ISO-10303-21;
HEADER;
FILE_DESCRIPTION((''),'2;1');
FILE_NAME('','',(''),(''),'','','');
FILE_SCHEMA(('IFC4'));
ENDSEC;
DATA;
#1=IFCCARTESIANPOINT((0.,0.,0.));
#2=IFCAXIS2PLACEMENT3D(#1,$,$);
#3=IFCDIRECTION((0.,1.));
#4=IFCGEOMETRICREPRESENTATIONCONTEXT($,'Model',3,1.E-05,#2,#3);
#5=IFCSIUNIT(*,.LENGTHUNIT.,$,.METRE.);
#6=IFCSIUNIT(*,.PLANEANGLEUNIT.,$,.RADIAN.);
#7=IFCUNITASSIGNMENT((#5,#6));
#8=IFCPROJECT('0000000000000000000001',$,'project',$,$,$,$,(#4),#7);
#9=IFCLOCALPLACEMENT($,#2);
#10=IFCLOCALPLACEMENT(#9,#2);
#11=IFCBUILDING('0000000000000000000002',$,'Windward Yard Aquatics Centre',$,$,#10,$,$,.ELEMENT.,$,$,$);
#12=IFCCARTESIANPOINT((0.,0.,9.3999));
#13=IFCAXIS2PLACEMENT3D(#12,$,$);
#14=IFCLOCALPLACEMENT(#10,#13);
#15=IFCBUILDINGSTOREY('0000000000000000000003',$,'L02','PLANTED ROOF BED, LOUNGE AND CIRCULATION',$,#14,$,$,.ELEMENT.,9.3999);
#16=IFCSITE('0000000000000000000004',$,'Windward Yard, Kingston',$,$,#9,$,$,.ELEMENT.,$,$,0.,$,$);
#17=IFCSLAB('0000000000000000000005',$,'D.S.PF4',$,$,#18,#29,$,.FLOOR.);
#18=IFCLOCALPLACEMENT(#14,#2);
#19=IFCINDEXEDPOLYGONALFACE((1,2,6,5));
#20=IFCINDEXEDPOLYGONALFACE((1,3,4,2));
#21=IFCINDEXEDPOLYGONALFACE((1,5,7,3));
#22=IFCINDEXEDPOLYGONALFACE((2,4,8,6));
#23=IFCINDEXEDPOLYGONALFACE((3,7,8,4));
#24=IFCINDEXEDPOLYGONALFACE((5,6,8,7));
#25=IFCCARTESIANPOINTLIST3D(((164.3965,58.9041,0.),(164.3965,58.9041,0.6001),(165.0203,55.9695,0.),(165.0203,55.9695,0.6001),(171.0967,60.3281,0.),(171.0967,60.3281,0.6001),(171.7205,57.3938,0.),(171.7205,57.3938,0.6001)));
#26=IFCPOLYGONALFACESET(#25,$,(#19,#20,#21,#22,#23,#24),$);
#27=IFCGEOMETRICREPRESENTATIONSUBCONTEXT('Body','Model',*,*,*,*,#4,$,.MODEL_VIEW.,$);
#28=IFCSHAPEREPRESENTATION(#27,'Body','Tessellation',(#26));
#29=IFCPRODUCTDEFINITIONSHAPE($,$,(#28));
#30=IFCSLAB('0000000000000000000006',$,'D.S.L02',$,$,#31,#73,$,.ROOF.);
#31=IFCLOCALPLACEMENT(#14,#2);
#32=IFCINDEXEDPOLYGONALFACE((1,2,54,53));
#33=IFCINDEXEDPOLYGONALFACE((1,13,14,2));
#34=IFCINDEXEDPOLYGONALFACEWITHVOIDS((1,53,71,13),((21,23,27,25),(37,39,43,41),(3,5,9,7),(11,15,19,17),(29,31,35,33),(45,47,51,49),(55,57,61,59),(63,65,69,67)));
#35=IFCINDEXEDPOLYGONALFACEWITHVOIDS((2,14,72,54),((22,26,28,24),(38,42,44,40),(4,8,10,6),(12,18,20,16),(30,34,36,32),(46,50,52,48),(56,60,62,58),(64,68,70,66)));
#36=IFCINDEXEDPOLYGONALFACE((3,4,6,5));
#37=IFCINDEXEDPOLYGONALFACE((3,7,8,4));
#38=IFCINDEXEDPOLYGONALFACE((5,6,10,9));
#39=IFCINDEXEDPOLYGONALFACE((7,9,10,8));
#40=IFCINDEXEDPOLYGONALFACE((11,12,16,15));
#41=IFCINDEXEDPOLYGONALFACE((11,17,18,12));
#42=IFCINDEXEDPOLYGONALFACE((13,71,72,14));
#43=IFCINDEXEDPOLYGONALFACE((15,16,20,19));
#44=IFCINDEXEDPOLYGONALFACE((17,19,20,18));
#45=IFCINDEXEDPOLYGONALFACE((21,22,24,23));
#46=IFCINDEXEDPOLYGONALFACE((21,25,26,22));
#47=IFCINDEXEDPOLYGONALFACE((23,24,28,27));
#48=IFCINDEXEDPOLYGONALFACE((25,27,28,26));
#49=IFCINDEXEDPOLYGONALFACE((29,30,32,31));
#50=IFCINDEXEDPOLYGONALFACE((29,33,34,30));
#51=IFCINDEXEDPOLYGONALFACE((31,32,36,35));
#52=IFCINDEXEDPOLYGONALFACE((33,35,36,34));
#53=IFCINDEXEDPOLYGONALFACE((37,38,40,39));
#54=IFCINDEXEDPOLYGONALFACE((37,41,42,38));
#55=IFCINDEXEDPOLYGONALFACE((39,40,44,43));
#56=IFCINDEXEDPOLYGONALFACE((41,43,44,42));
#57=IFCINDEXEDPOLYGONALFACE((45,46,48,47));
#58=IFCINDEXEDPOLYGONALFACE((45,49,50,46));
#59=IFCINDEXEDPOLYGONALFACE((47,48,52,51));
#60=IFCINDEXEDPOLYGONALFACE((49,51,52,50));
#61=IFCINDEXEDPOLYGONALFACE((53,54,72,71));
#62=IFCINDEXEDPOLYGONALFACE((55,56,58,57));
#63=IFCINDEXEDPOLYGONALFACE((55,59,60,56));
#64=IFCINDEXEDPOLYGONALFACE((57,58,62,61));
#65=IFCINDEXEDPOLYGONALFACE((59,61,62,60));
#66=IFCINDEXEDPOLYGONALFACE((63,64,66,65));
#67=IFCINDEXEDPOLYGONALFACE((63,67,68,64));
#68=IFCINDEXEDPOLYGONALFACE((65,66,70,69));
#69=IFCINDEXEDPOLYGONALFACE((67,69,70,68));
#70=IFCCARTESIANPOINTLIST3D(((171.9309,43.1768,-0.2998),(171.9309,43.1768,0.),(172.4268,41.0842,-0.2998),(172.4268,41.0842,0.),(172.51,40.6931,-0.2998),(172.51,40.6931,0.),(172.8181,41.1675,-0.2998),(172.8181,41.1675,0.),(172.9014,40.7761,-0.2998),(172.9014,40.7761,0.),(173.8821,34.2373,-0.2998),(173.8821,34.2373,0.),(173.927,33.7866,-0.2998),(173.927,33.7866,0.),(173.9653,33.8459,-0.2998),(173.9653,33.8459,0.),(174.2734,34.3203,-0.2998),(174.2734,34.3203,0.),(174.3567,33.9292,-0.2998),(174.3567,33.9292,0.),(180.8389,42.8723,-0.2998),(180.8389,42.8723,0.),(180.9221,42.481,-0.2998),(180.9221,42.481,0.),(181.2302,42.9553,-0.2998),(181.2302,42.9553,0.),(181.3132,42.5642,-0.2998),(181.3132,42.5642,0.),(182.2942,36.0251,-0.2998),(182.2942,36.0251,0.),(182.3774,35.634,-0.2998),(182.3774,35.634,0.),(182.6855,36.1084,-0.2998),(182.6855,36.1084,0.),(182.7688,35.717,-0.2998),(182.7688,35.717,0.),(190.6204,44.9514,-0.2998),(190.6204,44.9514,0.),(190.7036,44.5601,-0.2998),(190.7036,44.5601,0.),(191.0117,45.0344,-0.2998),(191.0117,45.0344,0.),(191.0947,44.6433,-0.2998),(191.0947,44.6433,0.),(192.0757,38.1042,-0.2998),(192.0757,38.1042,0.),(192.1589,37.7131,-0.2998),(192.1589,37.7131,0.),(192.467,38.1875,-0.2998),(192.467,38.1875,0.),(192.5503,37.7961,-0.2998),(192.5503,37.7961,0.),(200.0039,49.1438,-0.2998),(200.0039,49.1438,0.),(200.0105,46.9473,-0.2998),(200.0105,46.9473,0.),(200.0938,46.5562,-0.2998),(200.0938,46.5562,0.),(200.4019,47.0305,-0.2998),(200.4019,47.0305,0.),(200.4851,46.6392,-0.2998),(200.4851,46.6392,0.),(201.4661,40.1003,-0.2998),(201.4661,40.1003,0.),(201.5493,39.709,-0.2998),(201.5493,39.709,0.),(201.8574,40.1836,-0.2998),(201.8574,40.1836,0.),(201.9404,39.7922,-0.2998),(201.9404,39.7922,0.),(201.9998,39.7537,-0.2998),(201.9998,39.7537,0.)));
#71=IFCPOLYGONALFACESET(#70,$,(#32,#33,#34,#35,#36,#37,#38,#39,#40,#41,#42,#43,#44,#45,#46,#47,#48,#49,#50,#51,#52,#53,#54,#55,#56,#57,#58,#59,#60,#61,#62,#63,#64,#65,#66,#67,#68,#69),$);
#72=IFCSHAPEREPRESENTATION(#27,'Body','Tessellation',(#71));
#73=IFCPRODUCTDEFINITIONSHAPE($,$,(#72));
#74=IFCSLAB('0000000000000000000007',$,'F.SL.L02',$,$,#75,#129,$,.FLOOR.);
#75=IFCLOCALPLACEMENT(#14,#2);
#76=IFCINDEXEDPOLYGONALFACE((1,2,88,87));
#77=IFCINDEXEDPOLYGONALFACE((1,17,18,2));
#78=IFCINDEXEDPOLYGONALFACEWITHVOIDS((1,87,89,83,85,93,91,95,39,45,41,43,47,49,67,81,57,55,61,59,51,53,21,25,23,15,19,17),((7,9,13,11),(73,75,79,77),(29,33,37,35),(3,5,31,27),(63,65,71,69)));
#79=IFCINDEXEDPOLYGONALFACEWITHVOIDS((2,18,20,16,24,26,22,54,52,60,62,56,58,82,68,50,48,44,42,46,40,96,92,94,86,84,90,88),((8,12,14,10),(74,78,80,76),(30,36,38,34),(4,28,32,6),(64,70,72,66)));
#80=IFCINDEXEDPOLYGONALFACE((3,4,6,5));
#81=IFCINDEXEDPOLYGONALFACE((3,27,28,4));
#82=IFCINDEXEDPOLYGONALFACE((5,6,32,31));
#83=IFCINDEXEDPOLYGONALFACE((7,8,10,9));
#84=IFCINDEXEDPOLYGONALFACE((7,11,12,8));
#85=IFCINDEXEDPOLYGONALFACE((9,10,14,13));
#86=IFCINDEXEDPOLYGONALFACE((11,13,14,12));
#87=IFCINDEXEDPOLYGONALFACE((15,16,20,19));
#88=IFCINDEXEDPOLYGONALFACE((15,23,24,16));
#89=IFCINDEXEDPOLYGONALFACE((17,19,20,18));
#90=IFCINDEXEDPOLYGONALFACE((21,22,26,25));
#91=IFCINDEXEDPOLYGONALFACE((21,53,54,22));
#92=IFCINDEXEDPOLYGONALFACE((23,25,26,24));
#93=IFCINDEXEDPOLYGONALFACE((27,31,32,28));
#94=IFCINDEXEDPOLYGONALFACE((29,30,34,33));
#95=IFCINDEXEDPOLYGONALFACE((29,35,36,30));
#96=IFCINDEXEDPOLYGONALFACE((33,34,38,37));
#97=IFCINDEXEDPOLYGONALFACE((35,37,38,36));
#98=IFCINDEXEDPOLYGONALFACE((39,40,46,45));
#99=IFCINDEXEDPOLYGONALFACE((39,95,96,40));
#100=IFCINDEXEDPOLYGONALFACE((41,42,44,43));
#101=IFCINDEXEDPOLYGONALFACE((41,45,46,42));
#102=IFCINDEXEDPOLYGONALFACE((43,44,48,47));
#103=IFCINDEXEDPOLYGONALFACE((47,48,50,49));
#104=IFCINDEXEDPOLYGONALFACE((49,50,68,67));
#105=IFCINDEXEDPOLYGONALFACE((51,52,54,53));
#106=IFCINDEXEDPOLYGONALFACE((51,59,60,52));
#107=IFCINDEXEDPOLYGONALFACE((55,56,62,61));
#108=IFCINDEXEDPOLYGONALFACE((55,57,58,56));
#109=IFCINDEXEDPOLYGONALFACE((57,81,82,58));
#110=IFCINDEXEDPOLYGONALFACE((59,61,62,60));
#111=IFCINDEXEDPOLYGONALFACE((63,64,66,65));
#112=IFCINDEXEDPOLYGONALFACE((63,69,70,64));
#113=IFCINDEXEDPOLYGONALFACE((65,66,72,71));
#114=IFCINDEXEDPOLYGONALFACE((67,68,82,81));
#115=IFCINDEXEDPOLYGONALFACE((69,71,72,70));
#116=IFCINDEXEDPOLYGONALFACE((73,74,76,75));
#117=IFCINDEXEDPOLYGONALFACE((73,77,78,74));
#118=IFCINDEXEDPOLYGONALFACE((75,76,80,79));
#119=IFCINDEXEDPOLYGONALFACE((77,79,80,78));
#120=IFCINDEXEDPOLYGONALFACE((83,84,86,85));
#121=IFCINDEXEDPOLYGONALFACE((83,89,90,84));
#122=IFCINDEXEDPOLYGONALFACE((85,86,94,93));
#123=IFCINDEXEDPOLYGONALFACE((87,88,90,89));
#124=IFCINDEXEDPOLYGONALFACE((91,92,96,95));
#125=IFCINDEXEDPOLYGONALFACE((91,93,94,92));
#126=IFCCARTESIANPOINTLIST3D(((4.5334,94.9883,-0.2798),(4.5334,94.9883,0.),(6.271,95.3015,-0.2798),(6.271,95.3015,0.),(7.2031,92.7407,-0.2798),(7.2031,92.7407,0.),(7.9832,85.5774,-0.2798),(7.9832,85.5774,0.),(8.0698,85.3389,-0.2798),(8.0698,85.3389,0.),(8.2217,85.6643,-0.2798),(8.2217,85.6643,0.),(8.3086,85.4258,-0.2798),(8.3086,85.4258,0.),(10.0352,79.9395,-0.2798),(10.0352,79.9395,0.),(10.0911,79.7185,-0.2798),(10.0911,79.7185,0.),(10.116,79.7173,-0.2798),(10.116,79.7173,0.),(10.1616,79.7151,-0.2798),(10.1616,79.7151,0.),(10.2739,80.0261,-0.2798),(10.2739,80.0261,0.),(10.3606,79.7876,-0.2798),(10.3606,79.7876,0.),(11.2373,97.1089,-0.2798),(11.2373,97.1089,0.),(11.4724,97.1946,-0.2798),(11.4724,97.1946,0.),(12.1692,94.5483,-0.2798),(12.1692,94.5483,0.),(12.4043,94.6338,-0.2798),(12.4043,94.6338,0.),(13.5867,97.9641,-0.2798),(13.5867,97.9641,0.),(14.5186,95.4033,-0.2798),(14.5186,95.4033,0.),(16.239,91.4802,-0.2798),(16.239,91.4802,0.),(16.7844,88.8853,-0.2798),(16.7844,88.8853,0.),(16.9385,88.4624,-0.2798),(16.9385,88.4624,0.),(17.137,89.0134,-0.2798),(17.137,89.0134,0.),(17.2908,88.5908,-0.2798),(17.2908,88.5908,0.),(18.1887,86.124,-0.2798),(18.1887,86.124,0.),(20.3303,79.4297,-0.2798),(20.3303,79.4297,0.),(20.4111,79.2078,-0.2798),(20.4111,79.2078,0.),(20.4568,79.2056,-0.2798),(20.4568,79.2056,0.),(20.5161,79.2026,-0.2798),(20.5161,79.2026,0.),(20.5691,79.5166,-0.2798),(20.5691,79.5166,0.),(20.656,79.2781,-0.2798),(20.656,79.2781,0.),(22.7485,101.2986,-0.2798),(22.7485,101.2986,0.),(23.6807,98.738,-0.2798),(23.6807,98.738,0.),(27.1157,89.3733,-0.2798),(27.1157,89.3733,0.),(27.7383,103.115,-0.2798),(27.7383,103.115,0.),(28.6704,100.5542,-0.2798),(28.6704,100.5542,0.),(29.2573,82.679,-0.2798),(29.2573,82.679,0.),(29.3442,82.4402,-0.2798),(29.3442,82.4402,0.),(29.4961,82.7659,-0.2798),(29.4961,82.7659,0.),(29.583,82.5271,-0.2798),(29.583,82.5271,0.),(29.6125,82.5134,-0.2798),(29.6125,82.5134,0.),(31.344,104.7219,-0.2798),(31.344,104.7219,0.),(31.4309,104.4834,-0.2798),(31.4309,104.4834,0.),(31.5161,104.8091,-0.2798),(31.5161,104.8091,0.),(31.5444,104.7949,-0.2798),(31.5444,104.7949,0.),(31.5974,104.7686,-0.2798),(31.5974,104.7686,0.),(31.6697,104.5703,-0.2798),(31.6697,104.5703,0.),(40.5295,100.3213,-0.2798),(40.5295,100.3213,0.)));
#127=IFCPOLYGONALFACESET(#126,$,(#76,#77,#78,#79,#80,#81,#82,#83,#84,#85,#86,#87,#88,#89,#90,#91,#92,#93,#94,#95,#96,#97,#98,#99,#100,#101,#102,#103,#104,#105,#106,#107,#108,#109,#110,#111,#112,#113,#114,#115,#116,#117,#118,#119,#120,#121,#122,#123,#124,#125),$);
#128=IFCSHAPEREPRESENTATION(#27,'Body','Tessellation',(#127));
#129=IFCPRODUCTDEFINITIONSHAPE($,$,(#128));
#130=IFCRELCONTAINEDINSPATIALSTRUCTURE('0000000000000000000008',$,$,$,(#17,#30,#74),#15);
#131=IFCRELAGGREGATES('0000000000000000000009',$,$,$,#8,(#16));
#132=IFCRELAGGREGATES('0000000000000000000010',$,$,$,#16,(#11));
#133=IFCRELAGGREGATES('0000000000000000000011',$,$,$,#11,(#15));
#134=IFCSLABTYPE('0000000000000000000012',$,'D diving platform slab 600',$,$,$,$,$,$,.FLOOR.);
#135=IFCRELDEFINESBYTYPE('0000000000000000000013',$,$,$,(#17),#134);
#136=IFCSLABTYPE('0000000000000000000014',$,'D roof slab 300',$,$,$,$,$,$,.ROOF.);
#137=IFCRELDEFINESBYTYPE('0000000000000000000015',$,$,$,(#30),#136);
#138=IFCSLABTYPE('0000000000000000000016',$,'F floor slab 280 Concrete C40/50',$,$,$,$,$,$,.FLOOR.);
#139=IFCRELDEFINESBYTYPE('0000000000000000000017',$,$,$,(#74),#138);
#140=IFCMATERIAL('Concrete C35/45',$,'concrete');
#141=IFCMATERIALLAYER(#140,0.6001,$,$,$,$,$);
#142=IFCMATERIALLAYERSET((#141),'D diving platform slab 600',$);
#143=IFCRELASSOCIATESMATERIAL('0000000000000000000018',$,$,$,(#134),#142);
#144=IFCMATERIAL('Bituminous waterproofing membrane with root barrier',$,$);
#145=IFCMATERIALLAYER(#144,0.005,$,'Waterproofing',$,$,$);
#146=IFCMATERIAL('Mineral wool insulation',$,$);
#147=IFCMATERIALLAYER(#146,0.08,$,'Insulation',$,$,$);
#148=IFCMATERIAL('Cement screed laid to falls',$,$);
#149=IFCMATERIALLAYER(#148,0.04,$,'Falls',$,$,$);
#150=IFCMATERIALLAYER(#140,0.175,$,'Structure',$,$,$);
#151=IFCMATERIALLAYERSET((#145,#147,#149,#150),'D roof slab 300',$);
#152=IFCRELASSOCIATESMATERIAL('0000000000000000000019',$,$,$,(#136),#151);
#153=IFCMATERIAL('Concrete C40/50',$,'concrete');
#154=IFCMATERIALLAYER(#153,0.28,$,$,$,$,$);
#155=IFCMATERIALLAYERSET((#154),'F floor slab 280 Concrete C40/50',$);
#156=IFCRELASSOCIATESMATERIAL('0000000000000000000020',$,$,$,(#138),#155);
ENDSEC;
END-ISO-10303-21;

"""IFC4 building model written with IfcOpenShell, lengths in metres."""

from ifc_helpers import new_model, si_unit, direction, frame, origin, place, context, subcontext, project, spatial, polyline, outline, extrude, material, layer, layer_set, type_object, element, save


model = new_model("IFC4")

# Units and contexts
model_context = context("Model", 3, precision=1e-05, world=origin(), true_north=direction((0.0, 1.0)))
body_context = subcontext(model_context, "Body", "Model", "MODEL_VIEW")
ifc_project = project(units=[si_unit("LENGTHUNIT", "METRE"), si_unit("PLANEANGLEUNIT", "RADIAN")], contexts=[model_context])

# Site, building, storey
site_placement = place(None, origin())
site = spatial("IfcSite", under=ifc_project, at=site_placement, Name="Windward Yard, Kingston", CompositionType="ELEMENT", RefElevation=0.0)
building_placement = place(site_placement, origin())
building = spatial("IfcBuilding", under=site, at=building_placement, Name="Windward Yard Aquatics Centre", CompositionType="ELEMENT")
storey_placement = place(building_placement, frame((0.0, 0.0, 9.3999)))
storey = spatial("IfcBuildingStorey", under=building, at=storey_placement, Name="L02", Description="PLANTED ROOF BED, LOUNGE AND CIRCULATION", CompositionType="ELEMENT", Elevation=9.3999)

# Slabs
ifc_material_1 = material(Name="Bituminous waterproofing membrane with root barrier")
ifc_material_2 = material(Name="Mineral wool insulation")
ifc_material_3 = material(Name="Cement screed laid to falls")
ifc_material_4 = material(Name="Concrete C35/45", Category="concrete")
ifc_layer_1 = layer(ifc_material_4, 0.6001)
ifc_layer_set_1 = layer_set([ifc_layer_1], Name="D diving platform slab 600")
slab_type_1 = type_object("IfcSlabType", Name="D diving platform slab 600", PredefinedType="FLOOR", material=ifc_layer_set_1)
slab_1_placement = place(storey_placement, origin())
element("IfcSlab", 1, at=slab_1_placement, inside=storey, type_object=slab_type_1, Name="D.S.PF4", PredefinedType="FLOOR", context=body_context, shape_type="SweptSolid", body=[
    extrude(outline(polyline([(164.3965, 58.9041), (165.0203, 55.9695), (171.7205, 57.3938), (171.0967, 60.3281), (164.3965, 58.9041)])), origin(), (0.0, 0.0, 1.0), 0.6001),
])
ifc_layer_2 = layer(ifc_material_1, 0.005, Name="Waterproofing")
ifc_layer_3 = layer(ifc_material_2, 0.08, Name="Insulation")
ifc_layer_4 = layer(ifc_material_3, 0.04, Name="Falls")
ifc_layer_5 = layer(ifc_material_4, 0.175, Name="Structure")
ifc_layer_set_2 = layer_set([ifc_layer_2, ifc_layer_3, ifc_layer_4, ifc_layer_5], Name="D roof slab 300")
slab_type_2 = type_object("IfcSlabType", Name="D roof slab 300", PredefinedType="ROOF", material=ifc_layer_set_2)
slab_2_placement = place(storey_placement, frame((0.0, 0.0, -0.2998)))
element("IfcSlab", 2, at=slab_2_placement, inside=storey, type_object=slab_type_2, Name="D.S.L02", PredefinedType="ROOF", context=body_context, shape_type="SweptSolid", body=[
    extrude(outline(polyline([(171.9309, 43.1768), (173.927, 33.7866), (201.9998, 39.7537), (200.0039, 49.1438), (171.9309, 43.1768)]), holes=[polyline([(173.8821, 34.2373), (174.2734, 34.3203), (174.3567, 33.9292), (173.9653, 33.8459), (173.8821, 34.2373)]), polyline([(182.2942, 36.0251), (182.6855, 36.1084), (182.7688, 35.717), (182.3774, 35.634), (182.2942, 36.0251)]), polyline([(192.0757, 38.1042), (192.467, 38.1875), (192.5503, 37.7961), (192.1589, 37.7131), (192.0757, 38.1042)]), polyline([(201.4661, 40.1003), (201.8574, 40.1836), (201.9404, 39.7922), (201.5493, 39.709), (201.4661, 40.1003)]), polyline([(172.4268, 41.0842), (172.8181, 41.1675), (172.9014, 40.7761), (172.51, 40.6931), (172.4268, 41.0842)]), polyline([(180.8389, 42.8723), (181.2302, 42.9553), (181.3132, 42.5642), (180.9221, 42.481), (180.8389, 42.8723)]), polyline([(190.6204, 44.9514), (191.0117, 45.0344), (191.0947, 44.6433), (190.7036, 44.5601), (190.6204, 44.9514)]), polyline([(200.0105, 46.9473), (200.4019, 47.0305), (200.4851, 46.6392), (200.0938, 46.5562), (200.0105, 46.9473)])]), origin(), (0.0, 0.0, 1.0), 0.2998),
])
ifc_material_5 = material(Name="Concrete C40/50", Category="concrete")
ifc_layer_6 = layer(ifc_material_5, 0.28)
ifc_layer_set_3 = layer_set([ifc_layer_6], Name="F floor slab 280 Concrete C40/50")
slab_type_3 = type_object("IfcSlabType", Name="F floor slab 280 Concrete C40/50", PredefinedType="FLOOR", material=ifc_layer_set_3)
slab_3_placement = place(storey_placement, frame((0.0, 0.0, -0.2798)))
element("IfcSlab", 3, at=slab_3_placement, inside=storey, type_object=slab_type_3, Name="F.SL.L02", PredefinedType="FLOOR", context=body_context, shape_type="SweptSolid", body=[
    extrude(outline(polyline([(4.5334, 94.9883), (10.0911, 79.7185), (10.116, 79.7173), (10.0352, 79.9395), (10.2739, 80.0261), (10.3606, 79.7876), (10.1616, 79.7151), (20.4111, 79.2078), (20.3303, 79.4297), (20.5691, 79.5166), (20.656, 79.2781), (20.4568, 79.2056), (20.5161, 79.2026), (29.6125, 82.5134), (27.1157, 89.3733), (18.1887, 86.124), (17.2908, 88.5908), (16.9385, 88.4624), (16.7844, 88.8853), (17.137, 89.0134), (16.239, 91.4802), (40.5295, 100.3213), (31.5974, 104.7686), (31.6697, 104.5703), (31.4309, 104.4834), (31.344, 104.7219), (31.5444, 104.7949), (31.5161, 104.8091), (4.5334, 94.9883)]), holes=[polyline([(6.271, 95.3015), (11.2373, 97.1089), (12.1692, 94.5483), (7.2031, 92.7407), (6.271, 95.3015)]), polyline([(11.4724, 97.1946), (13.5867, 97.9641), (14.5186, 95.4033), (12.4043, 94.6338), (11.4724, 97.1946)]), polyline([(22.7485, 101.2986), (27.7383, 103.115), (28.6704, 100.5542), (23.6807, 98.738), (22.7485, 101.2986)]), polyline([(29.2573, 82.679), (29.4961, 82.7659), (29.583, 82.5271), (29.3442, 82.4402), (29.2573, 82.679)]), polyline([(7.9832, 85.5774), (8.2217, 85.6643), (8.3086, 85.4258), (8.0698, 85.3389), (7.9832, 85.5774)])]), origin(), (0.0, 0.0, 1.0), 0.2798),
])

save(model, "model.ifc")
